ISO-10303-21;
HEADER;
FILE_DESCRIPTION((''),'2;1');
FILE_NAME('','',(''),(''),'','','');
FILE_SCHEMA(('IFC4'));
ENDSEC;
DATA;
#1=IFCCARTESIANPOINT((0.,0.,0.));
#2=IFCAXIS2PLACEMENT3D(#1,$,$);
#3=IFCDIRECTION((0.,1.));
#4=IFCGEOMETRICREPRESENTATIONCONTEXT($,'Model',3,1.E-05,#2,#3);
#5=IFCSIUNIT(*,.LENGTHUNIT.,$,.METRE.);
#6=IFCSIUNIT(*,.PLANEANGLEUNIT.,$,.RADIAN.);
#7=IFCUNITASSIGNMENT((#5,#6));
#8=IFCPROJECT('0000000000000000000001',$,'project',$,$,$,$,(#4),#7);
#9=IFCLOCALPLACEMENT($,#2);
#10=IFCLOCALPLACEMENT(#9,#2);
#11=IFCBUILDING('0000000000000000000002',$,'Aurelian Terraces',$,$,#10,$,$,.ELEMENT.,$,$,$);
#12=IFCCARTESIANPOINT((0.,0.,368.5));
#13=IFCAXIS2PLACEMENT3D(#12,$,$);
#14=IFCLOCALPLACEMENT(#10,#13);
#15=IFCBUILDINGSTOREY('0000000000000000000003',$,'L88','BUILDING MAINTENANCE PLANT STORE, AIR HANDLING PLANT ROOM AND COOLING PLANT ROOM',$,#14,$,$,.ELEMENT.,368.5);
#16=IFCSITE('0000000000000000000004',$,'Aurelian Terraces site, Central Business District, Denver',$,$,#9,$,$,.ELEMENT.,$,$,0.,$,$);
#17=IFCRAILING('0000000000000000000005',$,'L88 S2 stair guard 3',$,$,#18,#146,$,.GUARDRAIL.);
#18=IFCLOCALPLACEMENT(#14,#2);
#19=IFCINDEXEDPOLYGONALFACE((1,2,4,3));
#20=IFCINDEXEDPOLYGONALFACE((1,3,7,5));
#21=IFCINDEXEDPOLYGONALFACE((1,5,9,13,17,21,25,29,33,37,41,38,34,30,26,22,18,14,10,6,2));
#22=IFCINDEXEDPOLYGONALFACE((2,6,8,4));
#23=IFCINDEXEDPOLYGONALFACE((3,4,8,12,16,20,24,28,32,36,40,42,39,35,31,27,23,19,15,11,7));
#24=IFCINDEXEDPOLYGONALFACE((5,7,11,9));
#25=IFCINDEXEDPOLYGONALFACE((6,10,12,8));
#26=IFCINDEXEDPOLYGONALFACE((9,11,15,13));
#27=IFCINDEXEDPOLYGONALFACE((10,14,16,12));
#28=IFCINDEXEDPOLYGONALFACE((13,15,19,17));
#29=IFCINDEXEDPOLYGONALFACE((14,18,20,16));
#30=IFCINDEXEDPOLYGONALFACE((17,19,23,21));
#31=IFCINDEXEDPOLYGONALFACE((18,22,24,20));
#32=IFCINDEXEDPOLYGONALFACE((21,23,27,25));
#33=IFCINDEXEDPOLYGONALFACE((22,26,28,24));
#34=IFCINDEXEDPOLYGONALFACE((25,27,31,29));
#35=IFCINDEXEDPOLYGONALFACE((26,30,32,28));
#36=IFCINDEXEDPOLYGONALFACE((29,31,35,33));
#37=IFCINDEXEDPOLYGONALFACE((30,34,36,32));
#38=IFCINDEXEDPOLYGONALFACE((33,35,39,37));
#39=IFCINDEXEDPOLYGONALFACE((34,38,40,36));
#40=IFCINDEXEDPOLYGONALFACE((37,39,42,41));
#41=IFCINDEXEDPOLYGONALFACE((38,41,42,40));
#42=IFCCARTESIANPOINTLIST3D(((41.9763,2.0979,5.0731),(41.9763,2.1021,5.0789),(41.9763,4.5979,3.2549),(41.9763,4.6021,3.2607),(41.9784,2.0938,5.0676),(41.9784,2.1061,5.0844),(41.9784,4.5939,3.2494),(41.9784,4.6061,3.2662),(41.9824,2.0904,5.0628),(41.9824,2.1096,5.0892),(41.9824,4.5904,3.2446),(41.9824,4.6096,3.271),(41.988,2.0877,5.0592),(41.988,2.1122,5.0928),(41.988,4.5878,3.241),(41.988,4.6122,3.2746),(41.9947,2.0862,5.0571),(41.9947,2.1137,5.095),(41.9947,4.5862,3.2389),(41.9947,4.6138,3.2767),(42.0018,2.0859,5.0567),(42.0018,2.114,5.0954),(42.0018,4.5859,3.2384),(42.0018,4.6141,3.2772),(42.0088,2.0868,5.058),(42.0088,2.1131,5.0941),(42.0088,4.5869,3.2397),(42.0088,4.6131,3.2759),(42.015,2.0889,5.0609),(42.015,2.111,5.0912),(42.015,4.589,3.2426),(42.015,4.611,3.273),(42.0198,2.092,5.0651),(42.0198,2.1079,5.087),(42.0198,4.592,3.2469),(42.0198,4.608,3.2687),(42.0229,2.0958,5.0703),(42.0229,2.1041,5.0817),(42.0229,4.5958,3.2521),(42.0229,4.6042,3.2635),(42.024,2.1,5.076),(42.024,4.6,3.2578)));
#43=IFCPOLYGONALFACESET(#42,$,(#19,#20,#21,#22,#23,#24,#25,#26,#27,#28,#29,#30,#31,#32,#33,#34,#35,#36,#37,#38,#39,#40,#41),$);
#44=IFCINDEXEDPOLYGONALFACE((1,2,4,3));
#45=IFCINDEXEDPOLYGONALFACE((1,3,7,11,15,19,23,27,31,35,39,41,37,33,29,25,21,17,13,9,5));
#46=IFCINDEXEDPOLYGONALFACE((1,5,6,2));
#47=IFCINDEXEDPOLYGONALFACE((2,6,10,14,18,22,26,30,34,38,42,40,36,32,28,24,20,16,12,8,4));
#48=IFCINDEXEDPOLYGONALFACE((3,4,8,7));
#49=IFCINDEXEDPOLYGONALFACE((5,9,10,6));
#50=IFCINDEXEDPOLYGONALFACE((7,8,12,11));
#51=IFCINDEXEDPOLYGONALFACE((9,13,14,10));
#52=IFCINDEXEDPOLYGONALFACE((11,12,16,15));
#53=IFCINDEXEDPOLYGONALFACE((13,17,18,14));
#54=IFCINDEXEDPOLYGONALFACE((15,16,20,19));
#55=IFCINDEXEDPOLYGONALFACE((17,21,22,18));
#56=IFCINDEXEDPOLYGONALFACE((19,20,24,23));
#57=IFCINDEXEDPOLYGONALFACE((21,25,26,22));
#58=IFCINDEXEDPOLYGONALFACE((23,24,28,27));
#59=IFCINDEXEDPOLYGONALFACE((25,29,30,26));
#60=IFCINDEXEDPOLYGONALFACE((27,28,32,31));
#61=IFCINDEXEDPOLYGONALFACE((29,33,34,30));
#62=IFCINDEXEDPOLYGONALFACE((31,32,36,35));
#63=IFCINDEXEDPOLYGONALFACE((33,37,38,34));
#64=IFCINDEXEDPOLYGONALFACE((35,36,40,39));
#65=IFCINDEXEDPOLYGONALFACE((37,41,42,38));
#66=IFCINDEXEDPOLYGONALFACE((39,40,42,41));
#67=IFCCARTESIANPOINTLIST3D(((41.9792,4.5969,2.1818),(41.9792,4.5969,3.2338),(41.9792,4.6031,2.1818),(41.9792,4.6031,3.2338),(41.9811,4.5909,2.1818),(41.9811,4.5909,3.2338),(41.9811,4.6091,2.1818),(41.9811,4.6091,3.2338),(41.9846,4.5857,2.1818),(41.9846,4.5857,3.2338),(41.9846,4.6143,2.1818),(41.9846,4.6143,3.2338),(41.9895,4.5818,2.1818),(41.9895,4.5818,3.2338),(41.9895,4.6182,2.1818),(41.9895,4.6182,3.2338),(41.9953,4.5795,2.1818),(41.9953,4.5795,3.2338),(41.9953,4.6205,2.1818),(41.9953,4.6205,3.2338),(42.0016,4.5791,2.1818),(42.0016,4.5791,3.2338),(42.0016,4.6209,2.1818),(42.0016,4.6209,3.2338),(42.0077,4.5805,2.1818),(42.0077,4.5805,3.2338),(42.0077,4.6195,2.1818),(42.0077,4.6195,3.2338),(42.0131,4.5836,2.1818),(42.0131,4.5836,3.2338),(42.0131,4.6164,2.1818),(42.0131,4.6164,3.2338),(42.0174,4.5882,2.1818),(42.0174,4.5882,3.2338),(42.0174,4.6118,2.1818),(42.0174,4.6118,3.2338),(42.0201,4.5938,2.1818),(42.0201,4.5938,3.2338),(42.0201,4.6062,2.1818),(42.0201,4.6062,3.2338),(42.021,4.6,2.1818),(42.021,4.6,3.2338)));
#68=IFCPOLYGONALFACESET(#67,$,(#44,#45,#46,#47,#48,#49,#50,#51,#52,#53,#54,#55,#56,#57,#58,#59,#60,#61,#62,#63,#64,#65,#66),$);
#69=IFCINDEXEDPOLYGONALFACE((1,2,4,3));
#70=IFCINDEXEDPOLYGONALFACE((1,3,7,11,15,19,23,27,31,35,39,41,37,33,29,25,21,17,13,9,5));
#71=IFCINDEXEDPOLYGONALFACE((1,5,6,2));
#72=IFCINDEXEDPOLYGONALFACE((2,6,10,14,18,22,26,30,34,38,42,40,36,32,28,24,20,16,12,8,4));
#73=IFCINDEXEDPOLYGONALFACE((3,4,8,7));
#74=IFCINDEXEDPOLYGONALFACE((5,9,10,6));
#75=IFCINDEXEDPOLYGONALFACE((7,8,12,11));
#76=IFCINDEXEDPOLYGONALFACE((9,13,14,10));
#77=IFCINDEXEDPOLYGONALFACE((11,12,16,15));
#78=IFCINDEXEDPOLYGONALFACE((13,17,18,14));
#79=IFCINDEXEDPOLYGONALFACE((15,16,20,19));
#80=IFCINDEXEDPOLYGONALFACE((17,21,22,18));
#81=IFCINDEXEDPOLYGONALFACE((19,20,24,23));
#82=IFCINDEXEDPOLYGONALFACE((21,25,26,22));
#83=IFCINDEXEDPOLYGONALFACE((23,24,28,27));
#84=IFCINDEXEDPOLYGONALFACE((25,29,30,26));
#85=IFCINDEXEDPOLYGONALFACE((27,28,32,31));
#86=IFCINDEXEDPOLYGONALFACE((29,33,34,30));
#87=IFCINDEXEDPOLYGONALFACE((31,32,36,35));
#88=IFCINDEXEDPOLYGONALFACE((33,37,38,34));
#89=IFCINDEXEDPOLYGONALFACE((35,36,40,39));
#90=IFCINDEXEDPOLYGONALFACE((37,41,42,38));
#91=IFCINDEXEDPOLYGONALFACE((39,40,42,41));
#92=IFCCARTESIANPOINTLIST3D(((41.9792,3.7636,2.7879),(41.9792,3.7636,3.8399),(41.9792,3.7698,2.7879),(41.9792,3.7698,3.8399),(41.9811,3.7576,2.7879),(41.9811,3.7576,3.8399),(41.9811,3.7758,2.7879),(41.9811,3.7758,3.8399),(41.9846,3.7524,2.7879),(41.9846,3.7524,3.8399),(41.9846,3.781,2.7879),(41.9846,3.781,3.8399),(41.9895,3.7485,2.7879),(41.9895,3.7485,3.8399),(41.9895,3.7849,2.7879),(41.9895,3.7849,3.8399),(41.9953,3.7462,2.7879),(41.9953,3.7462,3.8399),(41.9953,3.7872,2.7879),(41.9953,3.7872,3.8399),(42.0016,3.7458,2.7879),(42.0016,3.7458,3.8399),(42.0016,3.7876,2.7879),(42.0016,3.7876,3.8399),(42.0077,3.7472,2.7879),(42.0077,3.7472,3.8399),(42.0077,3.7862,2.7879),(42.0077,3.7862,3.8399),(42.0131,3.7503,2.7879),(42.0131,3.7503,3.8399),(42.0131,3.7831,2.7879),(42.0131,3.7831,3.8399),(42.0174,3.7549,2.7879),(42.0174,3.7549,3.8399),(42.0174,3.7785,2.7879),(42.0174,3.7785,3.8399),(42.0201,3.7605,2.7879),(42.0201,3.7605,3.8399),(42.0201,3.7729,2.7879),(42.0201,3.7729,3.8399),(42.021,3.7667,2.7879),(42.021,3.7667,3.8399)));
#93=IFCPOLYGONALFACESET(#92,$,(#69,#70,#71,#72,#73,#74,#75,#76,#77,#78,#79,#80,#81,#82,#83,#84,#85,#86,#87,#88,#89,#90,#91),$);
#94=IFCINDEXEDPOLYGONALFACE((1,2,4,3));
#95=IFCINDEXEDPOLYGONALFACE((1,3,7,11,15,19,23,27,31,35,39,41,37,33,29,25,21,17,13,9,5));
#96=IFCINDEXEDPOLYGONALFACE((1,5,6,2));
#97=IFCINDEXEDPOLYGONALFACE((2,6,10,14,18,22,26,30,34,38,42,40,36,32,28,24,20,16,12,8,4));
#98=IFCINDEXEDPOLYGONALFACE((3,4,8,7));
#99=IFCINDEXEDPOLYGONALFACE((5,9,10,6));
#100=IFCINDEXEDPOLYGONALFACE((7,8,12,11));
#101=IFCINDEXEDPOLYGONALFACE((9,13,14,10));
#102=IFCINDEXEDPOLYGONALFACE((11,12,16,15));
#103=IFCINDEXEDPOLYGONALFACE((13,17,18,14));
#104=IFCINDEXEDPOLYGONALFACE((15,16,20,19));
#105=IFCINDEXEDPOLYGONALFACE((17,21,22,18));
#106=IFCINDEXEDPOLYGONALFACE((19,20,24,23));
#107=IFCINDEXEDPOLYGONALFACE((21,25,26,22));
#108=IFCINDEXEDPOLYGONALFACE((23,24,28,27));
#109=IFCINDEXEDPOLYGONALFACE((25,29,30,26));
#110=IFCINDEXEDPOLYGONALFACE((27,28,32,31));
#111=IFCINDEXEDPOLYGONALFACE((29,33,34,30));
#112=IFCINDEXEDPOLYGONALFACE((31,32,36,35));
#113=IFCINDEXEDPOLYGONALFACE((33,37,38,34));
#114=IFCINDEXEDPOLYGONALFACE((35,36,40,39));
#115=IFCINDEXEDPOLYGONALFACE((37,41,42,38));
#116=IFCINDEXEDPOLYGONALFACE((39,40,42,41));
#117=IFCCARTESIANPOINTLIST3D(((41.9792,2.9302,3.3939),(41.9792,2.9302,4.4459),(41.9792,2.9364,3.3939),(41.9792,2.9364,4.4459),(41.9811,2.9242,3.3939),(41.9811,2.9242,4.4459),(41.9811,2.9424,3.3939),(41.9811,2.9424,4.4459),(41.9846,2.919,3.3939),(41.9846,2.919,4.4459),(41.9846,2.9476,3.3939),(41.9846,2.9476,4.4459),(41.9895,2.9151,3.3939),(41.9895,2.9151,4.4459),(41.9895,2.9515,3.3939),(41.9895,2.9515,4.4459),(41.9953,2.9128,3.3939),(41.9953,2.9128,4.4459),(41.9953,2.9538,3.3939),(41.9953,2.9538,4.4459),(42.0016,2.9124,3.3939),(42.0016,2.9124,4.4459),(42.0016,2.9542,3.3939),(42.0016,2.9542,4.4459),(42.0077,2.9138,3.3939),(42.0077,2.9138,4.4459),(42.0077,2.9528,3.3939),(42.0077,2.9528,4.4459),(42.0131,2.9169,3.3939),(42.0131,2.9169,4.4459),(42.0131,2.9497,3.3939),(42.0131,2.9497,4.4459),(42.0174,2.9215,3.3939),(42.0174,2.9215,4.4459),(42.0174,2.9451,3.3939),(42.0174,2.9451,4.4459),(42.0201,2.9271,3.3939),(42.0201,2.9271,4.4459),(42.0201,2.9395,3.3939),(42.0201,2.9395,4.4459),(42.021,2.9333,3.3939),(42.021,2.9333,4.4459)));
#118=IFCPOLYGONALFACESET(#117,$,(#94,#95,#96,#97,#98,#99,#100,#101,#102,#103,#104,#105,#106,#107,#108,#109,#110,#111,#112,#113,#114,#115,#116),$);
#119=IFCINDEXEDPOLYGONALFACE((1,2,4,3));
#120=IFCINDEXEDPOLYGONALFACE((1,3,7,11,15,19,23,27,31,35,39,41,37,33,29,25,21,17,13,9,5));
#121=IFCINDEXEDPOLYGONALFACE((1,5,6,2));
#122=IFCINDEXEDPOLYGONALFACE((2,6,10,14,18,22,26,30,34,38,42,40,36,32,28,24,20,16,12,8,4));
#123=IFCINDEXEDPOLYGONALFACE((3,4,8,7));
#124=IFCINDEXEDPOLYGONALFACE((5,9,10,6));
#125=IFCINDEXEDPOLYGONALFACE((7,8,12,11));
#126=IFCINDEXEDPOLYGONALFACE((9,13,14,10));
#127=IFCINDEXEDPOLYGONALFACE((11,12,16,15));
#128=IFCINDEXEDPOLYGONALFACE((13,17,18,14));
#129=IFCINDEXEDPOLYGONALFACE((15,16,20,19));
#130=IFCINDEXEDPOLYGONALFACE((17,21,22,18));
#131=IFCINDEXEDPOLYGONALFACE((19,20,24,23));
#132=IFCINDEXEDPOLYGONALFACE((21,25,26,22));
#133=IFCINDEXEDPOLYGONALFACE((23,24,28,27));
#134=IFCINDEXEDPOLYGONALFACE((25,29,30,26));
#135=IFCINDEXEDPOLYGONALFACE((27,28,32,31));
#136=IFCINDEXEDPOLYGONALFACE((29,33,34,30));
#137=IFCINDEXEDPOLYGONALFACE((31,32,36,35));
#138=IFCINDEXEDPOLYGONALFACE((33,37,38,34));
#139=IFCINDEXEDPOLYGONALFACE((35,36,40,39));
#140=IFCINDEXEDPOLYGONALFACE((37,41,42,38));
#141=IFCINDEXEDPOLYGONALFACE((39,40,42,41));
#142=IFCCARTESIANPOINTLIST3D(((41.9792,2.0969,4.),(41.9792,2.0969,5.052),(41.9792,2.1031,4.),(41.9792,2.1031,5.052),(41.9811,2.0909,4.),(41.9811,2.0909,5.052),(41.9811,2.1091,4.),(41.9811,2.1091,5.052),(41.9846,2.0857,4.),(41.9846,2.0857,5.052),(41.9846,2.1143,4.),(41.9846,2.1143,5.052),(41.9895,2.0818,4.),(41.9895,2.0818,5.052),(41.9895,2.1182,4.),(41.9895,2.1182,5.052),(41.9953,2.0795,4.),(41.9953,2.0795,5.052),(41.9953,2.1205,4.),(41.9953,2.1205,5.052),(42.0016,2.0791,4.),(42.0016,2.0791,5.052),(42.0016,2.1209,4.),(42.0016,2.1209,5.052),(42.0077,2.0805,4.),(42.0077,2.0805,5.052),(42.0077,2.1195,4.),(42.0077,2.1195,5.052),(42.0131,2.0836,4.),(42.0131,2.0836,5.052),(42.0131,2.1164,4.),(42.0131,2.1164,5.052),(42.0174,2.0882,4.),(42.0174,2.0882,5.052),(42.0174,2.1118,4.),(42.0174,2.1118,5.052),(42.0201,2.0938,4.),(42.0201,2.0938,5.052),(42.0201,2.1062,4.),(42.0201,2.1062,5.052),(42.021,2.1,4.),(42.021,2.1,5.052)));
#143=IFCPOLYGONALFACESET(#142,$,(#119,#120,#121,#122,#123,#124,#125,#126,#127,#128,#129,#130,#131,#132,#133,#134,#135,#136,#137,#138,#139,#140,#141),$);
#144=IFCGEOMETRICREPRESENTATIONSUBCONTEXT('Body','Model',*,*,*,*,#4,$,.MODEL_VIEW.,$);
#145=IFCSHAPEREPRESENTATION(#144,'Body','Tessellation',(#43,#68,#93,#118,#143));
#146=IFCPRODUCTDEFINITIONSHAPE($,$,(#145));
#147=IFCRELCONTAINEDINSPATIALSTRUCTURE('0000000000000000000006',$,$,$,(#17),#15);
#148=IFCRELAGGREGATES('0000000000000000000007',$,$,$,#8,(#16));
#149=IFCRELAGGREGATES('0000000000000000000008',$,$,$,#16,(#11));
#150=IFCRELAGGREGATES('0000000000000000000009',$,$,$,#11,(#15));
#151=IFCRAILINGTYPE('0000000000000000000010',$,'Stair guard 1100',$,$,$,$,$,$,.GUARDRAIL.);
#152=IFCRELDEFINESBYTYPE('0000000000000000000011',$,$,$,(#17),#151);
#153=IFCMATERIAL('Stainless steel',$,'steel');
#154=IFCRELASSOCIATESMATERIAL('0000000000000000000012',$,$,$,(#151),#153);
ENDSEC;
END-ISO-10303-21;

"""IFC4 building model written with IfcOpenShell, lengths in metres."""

from ifc_helpers import new_model, si_unit, direction, frame, origin, origin_2d, place, context, subcontext, project, spatial, circle, extrude, source, transform, mapped, material, type_object, element, save


model = new_model("IFC4")

# Units and contexts
model_context = context("Model", 3, precision=1e-05, world=origin(), true_north=direction((0.0, 1.0)))
body_context = subcontext(model_context, "Body", "Model", "MODEL_VIEW")
ifc_project = project(units=[si_unit("LENGTHUNIT", "METRE"), si_unit("PLANEANGLEUNIT", "RADIAN")], contexts=[model_context])

# Site, building, storey
site_placement = place(None, origin())
site = spatial("IfcSite", under=ifc_project, at=site_placement, Name="Aurelian Terraces site, Central Business District, Denver", CompositionType="ELEMENT", RefElevation=0.0)
building_placement = place(site_placement, origin())
building = spatial("IfcBuilding", under=site, at=building_placement, Name="Aurelian Terraces", CompositionType="ELEMENT")
storey_placement = place(building_placement, frame((0.0, 0.0, 368.5)))
storey = spatial("IfcBuildingStorey", under=building, at=storey_placement, Name="L88", Description="BUILDING MAINTENANCE PLANT STORE, AIR HANDLING PLANT ROOM AND COOLING PLANT ROOM", CompositionType="ELEMENT", Elevation=368.5)

# Railing
ifc_material_1 = material(Name="Stainless steel", Category="steel")
railing_type_1 = type_object("IfcRailingType", Name="Stair guard 1100", PredefinedType="GUARDRAIL", material=ifc_material_1)
shared_shape_1 = source(origin(), body_context, "Body", "SweptSolid", [
    extrude(circle(Radius=0.024, at=origin_2d()), frame((0.0, 0.0, 1.076), z_axis=(0.0, -0.808733, 0.588176), x_axis=(1.0, 0.0, 0.0)), (0.0, 0.0, 1.0), 3.0913),
    extrude(circle(Radius=0.021, at=origin_2d()), origin(), (0.0, 0.0, 1.0), 1.052),
    extrude(circle(Radius=0.021, at=origin_2d()), frame((0.0, -0.8333, 0.6061)), (0.0, 0.0, 1.0), 1.052),
    extrude(circle(Radius=0.021, at=origin_2d()), frame((0.0, -1.6667, 1.2121)), (0.0, 0.0, 1.0), 1.052),
    extrude(circle(Radius=0.021, at=origin_2d()), frame((0.0, -2.5, 1.8182)), (0.0, 0.0, 1.0), 1.052),
])
railing_1_placement = place(storey_placement, frame((42.0, 4.6, 2.1818)))
element("IfcRailing", 1, at=railing_1_placement, inside=storey, type_object=railing_type_1, Name="L88 S2 stair guard 3", PredefinedType="GUARDRAIL", context=body_context, shape_type="MappedRepresentation", body=[
    mapped(shared_shape_1, transform((0.0, 0.0, 0.0), scale=1.0)),
])

save(model, "model.ifc")
